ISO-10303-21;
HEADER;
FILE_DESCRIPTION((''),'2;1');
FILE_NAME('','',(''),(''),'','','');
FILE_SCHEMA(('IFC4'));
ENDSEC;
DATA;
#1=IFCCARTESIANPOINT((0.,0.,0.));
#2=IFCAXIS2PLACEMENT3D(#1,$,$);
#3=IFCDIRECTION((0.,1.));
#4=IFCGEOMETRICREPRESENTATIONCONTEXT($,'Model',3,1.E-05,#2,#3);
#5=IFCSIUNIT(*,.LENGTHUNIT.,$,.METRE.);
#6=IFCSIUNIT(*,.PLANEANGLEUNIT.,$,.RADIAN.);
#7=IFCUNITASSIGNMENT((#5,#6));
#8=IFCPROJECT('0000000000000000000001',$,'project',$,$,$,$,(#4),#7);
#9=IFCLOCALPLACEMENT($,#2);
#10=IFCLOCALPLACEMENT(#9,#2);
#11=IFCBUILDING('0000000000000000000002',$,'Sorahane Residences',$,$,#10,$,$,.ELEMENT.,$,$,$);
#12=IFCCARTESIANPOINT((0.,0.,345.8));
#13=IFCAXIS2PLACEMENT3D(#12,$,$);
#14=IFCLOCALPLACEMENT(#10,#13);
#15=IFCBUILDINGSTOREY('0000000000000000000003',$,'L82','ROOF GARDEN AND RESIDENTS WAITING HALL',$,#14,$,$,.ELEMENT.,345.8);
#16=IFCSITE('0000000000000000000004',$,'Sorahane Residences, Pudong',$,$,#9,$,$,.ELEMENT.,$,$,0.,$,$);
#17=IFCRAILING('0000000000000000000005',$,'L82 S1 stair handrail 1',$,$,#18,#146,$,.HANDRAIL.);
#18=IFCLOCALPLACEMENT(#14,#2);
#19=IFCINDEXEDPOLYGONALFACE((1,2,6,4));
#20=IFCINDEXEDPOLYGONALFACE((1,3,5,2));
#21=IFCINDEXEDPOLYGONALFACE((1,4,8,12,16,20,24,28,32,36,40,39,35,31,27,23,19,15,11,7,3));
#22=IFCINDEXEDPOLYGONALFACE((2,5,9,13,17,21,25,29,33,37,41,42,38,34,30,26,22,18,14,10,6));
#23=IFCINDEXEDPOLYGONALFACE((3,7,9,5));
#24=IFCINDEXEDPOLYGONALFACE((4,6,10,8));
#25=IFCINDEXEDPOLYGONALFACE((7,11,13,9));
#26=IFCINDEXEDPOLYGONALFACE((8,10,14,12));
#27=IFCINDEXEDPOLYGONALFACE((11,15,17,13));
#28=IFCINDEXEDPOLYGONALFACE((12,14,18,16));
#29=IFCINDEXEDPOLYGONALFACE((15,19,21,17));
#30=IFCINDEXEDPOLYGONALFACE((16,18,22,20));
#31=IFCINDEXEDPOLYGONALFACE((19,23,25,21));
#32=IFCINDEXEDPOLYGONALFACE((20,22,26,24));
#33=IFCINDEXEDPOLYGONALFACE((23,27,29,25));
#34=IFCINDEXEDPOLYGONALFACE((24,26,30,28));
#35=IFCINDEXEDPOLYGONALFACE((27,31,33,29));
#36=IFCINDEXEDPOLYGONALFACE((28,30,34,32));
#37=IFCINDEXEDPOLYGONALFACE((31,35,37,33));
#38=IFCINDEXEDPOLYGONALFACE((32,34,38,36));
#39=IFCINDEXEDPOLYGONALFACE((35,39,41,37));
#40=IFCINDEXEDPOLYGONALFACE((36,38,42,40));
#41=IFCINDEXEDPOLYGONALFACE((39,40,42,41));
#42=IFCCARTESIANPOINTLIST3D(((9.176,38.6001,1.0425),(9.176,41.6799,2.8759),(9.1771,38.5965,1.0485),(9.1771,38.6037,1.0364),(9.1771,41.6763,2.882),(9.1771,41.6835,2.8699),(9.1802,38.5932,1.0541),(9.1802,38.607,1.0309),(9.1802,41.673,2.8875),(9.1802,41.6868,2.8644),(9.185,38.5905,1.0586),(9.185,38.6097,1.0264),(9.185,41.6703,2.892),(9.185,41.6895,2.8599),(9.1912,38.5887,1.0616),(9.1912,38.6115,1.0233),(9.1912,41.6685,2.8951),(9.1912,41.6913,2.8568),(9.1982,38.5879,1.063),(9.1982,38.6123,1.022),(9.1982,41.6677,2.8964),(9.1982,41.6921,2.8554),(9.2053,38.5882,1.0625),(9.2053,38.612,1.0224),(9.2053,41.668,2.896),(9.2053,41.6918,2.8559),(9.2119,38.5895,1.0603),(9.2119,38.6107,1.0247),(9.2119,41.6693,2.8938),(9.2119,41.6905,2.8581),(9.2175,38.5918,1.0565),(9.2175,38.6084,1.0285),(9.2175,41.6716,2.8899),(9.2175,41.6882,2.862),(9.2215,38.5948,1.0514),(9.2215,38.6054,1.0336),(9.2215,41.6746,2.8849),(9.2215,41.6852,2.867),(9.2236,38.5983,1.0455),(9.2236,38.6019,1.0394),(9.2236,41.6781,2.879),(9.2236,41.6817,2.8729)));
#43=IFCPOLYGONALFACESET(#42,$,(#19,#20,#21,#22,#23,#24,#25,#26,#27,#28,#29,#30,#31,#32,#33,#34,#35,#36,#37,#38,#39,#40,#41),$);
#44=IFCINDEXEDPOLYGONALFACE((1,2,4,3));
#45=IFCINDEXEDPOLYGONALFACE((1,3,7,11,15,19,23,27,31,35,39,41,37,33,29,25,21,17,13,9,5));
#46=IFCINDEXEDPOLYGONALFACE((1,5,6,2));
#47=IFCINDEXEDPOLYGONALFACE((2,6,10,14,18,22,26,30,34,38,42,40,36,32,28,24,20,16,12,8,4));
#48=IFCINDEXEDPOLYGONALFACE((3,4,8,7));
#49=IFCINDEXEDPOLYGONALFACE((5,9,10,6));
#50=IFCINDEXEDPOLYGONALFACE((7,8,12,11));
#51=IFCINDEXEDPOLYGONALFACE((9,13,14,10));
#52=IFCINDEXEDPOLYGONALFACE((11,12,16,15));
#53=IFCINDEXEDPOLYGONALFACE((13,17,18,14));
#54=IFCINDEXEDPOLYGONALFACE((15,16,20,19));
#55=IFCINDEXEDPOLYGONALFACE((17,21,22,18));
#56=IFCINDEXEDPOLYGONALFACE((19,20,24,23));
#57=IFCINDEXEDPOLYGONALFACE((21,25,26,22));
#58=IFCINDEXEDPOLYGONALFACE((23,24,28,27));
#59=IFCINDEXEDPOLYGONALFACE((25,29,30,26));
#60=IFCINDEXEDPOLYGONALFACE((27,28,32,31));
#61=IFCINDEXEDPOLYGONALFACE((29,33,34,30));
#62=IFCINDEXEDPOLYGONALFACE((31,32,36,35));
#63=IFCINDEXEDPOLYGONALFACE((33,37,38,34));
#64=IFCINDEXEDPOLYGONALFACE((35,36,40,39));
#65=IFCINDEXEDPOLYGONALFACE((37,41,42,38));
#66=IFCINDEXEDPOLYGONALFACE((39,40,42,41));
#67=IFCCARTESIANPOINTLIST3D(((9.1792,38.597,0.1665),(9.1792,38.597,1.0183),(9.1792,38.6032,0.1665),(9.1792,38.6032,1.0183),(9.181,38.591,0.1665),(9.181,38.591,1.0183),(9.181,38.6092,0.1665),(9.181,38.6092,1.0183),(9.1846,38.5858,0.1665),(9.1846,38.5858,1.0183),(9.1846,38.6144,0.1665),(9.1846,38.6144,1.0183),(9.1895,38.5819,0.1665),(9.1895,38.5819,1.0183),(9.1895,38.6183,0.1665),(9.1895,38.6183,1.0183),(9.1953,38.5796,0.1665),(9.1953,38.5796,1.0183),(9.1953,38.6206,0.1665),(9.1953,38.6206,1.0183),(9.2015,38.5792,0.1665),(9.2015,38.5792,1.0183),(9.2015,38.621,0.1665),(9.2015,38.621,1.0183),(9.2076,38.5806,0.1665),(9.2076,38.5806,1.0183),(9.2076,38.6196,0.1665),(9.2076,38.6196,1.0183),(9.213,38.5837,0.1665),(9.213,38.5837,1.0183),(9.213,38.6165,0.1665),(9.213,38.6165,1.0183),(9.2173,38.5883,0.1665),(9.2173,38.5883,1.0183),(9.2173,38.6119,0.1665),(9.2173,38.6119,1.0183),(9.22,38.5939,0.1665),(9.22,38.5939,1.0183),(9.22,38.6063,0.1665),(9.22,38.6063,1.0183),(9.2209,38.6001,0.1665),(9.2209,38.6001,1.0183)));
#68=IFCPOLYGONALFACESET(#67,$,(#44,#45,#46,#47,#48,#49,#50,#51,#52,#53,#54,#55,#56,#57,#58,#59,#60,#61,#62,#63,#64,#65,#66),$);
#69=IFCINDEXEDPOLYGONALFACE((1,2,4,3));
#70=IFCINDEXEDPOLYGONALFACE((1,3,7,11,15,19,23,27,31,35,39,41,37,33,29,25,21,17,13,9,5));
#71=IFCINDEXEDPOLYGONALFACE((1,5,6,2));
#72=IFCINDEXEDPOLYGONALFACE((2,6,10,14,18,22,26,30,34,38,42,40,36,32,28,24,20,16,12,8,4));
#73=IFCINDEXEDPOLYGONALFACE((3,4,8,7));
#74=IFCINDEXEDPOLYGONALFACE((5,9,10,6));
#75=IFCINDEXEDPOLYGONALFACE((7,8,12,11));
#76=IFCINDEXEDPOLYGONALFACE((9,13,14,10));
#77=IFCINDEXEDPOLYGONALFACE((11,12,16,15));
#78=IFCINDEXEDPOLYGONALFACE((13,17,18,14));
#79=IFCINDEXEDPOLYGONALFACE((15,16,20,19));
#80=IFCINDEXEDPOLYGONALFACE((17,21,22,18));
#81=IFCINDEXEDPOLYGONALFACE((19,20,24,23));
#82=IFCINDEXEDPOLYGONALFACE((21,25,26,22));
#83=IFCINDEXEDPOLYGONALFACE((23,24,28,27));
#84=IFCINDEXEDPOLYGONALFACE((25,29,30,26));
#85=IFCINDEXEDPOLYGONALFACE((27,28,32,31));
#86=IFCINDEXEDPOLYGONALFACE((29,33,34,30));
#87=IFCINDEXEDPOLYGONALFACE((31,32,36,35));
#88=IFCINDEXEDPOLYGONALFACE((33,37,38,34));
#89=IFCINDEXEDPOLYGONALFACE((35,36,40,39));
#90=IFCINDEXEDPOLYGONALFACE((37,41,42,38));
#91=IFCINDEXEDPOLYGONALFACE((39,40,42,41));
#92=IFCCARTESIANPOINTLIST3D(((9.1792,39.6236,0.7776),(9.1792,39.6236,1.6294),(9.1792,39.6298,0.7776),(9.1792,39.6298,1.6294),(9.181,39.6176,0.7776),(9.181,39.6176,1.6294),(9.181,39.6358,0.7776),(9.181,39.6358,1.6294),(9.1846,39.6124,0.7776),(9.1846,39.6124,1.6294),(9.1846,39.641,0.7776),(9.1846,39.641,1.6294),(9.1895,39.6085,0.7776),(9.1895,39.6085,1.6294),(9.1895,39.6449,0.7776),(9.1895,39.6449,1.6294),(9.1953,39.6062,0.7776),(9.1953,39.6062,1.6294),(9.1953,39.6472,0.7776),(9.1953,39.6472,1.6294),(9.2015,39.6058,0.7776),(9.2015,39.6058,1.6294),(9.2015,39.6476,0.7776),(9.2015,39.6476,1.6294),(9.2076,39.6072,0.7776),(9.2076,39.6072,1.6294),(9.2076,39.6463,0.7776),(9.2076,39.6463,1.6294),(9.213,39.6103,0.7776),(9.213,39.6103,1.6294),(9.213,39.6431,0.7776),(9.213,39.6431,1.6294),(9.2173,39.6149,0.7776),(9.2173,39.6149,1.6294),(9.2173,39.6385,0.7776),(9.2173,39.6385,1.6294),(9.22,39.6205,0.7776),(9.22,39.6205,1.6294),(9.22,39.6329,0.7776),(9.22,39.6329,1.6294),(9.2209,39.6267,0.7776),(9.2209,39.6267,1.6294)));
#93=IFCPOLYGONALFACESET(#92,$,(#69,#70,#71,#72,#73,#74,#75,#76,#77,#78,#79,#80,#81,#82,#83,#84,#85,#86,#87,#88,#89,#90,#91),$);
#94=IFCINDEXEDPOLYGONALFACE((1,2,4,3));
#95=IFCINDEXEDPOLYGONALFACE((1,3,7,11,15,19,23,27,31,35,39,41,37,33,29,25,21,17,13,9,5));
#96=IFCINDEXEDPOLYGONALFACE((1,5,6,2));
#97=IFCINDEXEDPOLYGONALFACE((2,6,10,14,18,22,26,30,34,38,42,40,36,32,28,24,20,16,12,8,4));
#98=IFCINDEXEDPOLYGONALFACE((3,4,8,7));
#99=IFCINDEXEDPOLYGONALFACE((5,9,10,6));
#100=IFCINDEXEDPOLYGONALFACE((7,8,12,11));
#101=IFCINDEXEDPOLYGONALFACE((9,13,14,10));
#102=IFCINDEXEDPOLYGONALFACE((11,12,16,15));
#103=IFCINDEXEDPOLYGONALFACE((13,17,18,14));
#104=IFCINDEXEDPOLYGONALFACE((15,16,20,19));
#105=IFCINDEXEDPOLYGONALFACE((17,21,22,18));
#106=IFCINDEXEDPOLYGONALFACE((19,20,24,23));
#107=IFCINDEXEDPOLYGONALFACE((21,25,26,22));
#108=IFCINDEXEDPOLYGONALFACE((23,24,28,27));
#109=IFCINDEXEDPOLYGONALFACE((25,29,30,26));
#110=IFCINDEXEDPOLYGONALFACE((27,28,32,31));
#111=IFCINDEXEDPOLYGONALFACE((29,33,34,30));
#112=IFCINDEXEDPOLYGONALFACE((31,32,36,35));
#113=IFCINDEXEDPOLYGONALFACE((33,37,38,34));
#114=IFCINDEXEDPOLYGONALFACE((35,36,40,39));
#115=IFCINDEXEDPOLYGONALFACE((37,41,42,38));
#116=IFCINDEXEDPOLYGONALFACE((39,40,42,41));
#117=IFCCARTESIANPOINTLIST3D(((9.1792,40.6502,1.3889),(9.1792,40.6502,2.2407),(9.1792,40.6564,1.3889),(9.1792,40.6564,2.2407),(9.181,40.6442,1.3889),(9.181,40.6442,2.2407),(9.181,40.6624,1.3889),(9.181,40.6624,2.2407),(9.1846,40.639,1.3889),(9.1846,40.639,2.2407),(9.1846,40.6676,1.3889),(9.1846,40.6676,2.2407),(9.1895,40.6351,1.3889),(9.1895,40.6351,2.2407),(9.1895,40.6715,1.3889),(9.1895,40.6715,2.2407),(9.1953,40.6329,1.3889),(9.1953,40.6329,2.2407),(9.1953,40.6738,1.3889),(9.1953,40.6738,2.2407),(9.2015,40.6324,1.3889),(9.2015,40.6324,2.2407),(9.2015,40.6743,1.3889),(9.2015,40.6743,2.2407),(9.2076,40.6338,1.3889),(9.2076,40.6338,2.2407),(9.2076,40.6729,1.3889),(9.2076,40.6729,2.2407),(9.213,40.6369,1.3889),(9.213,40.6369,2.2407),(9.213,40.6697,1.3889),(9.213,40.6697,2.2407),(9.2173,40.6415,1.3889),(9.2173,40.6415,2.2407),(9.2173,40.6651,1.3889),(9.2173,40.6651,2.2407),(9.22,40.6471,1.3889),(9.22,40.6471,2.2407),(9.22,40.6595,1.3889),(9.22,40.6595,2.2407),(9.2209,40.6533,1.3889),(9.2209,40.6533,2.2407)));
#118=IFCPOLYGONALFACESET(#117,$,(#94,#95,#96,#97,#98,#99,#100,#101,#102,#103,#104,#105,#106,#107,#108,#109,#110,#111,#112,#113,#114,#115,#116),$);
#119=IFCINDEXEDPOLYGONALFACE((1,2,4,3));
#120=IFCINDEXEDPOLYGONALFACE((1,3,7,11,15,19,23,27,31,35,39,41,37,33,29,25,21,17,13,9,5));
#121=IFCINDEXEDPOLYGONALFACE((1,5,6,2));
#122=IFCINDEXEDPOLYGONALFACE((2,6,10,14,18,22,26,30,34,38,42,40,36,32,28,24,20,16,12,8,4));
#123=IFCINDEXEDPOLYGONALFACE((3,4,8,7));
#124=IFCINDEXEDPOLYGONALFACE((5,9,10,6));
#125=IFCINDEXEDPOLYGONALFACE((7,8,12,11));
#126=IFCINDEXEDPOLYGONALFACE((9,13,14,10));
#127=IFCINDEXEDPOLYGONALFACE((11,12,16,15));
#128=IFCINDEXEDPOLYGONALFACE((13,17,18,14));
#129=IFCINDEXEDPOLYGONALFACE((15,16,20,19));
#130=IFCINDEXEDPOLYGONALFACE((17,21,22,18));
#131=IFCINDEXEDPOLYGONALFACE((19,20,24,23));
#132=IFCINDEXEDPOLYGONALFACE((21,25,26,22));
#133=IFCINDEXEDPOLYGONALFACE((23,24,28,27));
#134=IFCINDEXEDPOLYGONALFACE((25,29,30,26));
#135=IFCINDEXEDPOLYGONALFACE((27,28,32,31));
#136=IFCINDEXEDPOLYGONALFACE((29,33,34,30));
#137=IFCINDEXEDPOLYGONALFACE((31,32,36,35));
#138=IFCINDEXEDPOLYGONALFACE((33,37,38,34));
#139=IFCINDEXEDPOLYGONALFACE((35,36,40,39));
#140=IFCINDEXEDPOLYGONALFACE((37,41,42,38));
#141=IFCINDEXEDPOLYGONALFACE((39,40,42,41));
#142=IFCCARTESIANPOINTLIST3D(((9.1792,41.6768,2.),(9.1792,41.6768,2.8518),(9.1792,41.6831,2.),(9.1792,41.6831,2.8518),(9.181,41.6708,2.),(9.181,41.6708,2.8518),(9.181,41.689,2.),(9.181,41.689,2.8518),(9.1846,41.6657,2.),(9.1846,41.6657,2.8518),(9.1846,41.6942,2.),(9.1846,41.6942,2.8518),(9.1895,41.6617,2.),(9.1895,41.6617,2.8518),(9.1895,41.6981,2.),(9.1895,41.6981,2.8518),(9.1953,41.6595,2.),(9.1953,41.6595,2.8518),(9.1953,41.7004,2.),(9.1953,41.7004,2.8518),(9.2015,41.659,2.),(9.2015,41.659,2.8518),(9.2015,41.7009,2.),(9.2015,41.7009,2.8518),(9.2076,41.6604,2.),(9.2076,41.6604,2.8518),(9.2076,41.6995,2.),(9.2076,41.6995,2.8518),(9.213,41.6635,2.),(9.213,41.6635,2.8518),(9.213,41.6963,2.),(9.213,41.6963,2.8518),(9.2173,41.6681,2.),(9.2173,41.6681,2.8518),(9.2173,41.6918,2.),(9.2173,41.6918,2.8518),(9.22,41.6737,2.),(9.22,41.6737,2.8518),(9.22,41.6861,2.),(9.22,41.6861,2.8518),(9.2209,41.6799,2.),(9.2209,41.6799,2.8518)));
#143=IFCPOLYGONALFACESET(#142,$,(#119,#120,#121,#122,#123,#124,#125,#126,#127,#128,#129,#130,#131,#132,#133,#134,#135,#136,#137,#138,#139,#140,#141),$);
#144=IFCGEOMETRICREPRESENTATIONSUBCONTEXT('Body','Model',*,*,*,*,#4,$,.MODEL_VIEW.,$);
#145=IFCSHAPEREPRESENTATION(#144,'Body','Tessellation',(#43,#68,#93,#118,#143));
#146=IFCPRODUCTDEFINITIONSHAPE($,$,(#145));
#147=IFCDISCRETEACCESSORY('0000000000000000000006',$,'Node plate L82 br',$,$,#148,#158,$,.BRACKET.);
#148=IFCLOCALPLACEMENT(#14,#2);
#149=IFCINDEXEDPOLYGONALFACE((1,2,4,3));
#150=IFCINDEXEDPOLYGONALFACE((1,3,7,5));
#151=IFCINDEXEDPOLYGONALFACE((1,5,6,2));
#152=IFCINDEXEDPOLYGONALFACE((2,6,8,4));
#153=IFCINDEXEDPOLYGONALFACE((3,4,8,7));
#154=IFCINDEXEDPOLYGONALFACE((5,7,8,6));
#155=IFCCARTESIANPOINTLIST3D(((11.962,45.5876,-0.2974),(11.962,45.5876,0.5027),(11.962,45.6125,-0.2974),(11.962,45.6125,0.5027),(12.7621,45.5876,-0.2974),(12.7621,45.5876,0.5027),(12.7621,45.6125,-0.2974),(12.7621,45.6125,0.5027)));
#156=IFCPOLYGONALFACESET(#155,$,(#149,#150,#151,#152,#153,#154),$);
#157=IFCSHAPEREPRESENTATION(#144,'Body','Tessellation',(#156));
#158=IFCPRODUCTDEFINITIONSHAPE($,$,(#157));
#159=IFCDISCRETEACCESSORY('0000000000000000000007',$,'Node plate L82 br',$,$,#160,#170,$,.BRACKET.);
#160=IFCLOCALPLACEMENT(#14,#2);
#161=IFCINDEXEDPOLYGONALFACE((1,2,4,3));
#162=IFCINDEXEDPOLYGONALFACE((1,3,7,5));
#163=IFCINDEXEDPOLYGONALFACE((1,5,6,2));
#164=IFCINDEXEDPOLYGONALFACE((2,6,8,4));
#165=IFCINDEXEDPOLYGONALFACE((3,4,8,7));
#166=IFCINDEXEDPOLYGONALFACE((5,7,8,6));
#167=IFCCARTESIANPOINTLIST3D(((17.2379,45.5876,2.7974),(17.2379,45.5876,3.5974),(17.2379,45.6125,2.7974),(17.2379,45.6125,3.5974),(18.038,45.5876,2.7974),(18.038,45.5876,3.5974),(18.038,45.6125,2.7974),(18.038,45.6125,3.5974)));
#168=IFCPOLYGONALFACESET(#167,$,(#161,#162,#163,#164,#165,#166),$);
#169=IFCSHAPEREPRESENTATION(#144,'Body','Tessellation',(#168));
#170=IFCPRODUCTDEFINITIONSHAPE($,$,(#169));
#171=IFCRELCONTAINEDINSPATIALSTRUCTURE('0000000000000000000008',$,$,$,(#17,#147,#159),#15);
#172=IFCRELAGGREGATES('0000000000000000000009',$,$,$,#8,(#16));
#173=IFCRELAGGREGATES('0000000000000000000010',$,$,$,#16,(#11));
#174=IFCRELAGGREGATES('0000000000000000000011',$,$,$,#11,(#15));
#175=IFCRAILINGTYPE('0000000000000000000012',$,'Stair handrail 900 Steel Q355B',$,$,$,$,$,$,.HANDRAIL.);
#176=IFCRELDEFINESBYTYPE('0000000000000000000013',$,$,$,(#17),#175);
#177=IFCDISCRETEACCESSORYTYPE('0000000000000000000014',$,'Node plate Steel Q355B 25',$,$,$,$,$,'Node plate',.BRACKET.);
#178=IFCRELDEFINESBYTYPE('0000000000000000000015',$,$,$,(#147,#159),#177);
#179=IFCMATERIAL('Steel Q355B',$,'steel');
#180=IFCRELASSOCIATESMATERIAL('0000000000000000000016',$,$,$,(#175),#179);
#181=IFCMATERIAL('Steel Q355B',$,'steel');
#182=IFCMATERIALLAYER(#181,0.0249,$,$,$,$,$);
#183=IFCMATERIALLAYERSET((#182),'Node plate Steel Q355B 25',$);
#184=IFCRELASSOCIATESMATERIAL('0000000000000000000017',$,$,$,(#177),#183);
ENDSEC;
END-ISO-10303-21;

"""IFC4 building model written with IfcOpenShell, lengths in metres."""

from ifc_helpers import new_model, si_unit, direction, frame, origin, origin_2d, place, context, subcontext, project, spatial, rectangle, circle, extrude, material, layer, layer_set, type_object, element, save


model = new_model("IFC4")

# Units and contexts
model_context = context("Model", 3, precision=1e-05, world=origin(), true_north=direction((0.0, 1.0)))
body_context = subcontext(model_context, "Body", "Model", "MODEL_VIEW")
ifc_project = project(units=[si_unit("LENGTHUNIT", "METRE"), si_unit("PLANEANGLEUNIT", "RADIAN")], contexts=[model_context])

# Site, building, storey
site_placement = place(None, origin())
site = spatial("IfcSite", under=ifc_project, at=site_placement, Name="Sorahane Residences, Pudong", CompositionType="ELEMENT", RefElevation=0.0)
building_placement = place(site_placement, origin())
building = spatial("IfcBuilding", under=site, at=building_placement, Name="Sorahane Residences", CompositionType="ELEMENT")
storey_placement = place(building_placement, frame((0.0, 0.0, 345.8)))
storey = spatial("IfcBuildingStorey", under=building, at=storey_placement, Name="L82", Description="ROOF GARDEN AND RESIDENTS WAITING HALL", CompositionType="ELEMENT", Elevation=345.8)

# Railing
ifc_material_1 = material(Name="Steel Q355B", Category="steel")
railing_type_1 = type_object("IfcRailingType", Name="Stair handrail 900 Steel Q355B", PredefinedType="HANDRAIL", material=ifc_material_1)
railing_1_placement = place(storey_placement, frame((9.2, 38.6001, 0.1665)))
element("IfcRailing", 1, at=railing_1_placement, inside=storey, type_object=railing_type_1, Name="L82 S1 stair handrail 1", PredefinedType="HANDRAIL", context=body_context, shape_type="SweptSolid", body=[
    extrude(circle(Radius=0.0239, at=origin_2d()), frame((0.0, 0.0, 0.876), z_axis=(0.0, 0.859261, 0.511538), x_axis=(-1.0, 0.0, 0.0)), (0.0, 0.0, 1.0), 3.5842),
    extrude(circle(Radius=0.021, at=origin_2d()), origin(), (0.0, 0.0, 1.0), 0.8518),
    extrude(circle(Radius=0.021, at=origin_2d()), frame((0.0, 1.0266, 0.6111)), (0.0, 0.0, 1.0), 0.8518),
    extrude(circle(Radius=0.021, at=origin_2d()), frame((0.0, 2.0532, 1.2224)), (0.0, 0.0, 1.0), 0.8518),
    extrude(circle(Radius=0.021, at=origin_2d()), frame((0.0, 3.0798, 1.8335)), (0.0, 0.0, 1.0), 0.8518),
])

# Discrete accessories
ifc_material_2 = material(Name="Steel Q355B", Category="steel")
ifc_layer_1 = layer(ifc_material_2, 0.0249)
ifc_layer_set_1 = layer_set([ifc_layer_1], Name="Node plate Steel Q355B 25")
discrete_accessory_type = type_object("IfcDiscreteAccessoryType", Name="Node plate Steel Q355B 25", ElementType="Node plate", PredefinedType="BRACKET", material=ifc_layer_set_1)
for number, where, z_axis, x_axis, name in (
    (2, (12.3621, 45.6001, -0.2974), (0.0, 0.0, 1.0), (1.0, 0.0, 0.0), "Node plate L82 br"),
    (3, (17.6379, 45.6001, 2.7974), (0.0, 0.0, 1.0), (1.0, 0.0, 0.0), "Node plate L82 br"),
):
    element("IfcDiscreteAccessory", number, at=place(storey_placement, frame(where, z_axis=z_axis, x_axis=x_axis)), inside=storey, type_object=discrete_accessory_type, Name=name, PredefinedType="BRACKET", context=body_context, shape_type="SweptSolid", body=[
        extrude(rectangle(XDim=0.8, YDim=0.0249, at=origin_2d()), origin(), (0.0, 0.0, 1.0), 0.8),
    ])

save(model, "model.ifc")
